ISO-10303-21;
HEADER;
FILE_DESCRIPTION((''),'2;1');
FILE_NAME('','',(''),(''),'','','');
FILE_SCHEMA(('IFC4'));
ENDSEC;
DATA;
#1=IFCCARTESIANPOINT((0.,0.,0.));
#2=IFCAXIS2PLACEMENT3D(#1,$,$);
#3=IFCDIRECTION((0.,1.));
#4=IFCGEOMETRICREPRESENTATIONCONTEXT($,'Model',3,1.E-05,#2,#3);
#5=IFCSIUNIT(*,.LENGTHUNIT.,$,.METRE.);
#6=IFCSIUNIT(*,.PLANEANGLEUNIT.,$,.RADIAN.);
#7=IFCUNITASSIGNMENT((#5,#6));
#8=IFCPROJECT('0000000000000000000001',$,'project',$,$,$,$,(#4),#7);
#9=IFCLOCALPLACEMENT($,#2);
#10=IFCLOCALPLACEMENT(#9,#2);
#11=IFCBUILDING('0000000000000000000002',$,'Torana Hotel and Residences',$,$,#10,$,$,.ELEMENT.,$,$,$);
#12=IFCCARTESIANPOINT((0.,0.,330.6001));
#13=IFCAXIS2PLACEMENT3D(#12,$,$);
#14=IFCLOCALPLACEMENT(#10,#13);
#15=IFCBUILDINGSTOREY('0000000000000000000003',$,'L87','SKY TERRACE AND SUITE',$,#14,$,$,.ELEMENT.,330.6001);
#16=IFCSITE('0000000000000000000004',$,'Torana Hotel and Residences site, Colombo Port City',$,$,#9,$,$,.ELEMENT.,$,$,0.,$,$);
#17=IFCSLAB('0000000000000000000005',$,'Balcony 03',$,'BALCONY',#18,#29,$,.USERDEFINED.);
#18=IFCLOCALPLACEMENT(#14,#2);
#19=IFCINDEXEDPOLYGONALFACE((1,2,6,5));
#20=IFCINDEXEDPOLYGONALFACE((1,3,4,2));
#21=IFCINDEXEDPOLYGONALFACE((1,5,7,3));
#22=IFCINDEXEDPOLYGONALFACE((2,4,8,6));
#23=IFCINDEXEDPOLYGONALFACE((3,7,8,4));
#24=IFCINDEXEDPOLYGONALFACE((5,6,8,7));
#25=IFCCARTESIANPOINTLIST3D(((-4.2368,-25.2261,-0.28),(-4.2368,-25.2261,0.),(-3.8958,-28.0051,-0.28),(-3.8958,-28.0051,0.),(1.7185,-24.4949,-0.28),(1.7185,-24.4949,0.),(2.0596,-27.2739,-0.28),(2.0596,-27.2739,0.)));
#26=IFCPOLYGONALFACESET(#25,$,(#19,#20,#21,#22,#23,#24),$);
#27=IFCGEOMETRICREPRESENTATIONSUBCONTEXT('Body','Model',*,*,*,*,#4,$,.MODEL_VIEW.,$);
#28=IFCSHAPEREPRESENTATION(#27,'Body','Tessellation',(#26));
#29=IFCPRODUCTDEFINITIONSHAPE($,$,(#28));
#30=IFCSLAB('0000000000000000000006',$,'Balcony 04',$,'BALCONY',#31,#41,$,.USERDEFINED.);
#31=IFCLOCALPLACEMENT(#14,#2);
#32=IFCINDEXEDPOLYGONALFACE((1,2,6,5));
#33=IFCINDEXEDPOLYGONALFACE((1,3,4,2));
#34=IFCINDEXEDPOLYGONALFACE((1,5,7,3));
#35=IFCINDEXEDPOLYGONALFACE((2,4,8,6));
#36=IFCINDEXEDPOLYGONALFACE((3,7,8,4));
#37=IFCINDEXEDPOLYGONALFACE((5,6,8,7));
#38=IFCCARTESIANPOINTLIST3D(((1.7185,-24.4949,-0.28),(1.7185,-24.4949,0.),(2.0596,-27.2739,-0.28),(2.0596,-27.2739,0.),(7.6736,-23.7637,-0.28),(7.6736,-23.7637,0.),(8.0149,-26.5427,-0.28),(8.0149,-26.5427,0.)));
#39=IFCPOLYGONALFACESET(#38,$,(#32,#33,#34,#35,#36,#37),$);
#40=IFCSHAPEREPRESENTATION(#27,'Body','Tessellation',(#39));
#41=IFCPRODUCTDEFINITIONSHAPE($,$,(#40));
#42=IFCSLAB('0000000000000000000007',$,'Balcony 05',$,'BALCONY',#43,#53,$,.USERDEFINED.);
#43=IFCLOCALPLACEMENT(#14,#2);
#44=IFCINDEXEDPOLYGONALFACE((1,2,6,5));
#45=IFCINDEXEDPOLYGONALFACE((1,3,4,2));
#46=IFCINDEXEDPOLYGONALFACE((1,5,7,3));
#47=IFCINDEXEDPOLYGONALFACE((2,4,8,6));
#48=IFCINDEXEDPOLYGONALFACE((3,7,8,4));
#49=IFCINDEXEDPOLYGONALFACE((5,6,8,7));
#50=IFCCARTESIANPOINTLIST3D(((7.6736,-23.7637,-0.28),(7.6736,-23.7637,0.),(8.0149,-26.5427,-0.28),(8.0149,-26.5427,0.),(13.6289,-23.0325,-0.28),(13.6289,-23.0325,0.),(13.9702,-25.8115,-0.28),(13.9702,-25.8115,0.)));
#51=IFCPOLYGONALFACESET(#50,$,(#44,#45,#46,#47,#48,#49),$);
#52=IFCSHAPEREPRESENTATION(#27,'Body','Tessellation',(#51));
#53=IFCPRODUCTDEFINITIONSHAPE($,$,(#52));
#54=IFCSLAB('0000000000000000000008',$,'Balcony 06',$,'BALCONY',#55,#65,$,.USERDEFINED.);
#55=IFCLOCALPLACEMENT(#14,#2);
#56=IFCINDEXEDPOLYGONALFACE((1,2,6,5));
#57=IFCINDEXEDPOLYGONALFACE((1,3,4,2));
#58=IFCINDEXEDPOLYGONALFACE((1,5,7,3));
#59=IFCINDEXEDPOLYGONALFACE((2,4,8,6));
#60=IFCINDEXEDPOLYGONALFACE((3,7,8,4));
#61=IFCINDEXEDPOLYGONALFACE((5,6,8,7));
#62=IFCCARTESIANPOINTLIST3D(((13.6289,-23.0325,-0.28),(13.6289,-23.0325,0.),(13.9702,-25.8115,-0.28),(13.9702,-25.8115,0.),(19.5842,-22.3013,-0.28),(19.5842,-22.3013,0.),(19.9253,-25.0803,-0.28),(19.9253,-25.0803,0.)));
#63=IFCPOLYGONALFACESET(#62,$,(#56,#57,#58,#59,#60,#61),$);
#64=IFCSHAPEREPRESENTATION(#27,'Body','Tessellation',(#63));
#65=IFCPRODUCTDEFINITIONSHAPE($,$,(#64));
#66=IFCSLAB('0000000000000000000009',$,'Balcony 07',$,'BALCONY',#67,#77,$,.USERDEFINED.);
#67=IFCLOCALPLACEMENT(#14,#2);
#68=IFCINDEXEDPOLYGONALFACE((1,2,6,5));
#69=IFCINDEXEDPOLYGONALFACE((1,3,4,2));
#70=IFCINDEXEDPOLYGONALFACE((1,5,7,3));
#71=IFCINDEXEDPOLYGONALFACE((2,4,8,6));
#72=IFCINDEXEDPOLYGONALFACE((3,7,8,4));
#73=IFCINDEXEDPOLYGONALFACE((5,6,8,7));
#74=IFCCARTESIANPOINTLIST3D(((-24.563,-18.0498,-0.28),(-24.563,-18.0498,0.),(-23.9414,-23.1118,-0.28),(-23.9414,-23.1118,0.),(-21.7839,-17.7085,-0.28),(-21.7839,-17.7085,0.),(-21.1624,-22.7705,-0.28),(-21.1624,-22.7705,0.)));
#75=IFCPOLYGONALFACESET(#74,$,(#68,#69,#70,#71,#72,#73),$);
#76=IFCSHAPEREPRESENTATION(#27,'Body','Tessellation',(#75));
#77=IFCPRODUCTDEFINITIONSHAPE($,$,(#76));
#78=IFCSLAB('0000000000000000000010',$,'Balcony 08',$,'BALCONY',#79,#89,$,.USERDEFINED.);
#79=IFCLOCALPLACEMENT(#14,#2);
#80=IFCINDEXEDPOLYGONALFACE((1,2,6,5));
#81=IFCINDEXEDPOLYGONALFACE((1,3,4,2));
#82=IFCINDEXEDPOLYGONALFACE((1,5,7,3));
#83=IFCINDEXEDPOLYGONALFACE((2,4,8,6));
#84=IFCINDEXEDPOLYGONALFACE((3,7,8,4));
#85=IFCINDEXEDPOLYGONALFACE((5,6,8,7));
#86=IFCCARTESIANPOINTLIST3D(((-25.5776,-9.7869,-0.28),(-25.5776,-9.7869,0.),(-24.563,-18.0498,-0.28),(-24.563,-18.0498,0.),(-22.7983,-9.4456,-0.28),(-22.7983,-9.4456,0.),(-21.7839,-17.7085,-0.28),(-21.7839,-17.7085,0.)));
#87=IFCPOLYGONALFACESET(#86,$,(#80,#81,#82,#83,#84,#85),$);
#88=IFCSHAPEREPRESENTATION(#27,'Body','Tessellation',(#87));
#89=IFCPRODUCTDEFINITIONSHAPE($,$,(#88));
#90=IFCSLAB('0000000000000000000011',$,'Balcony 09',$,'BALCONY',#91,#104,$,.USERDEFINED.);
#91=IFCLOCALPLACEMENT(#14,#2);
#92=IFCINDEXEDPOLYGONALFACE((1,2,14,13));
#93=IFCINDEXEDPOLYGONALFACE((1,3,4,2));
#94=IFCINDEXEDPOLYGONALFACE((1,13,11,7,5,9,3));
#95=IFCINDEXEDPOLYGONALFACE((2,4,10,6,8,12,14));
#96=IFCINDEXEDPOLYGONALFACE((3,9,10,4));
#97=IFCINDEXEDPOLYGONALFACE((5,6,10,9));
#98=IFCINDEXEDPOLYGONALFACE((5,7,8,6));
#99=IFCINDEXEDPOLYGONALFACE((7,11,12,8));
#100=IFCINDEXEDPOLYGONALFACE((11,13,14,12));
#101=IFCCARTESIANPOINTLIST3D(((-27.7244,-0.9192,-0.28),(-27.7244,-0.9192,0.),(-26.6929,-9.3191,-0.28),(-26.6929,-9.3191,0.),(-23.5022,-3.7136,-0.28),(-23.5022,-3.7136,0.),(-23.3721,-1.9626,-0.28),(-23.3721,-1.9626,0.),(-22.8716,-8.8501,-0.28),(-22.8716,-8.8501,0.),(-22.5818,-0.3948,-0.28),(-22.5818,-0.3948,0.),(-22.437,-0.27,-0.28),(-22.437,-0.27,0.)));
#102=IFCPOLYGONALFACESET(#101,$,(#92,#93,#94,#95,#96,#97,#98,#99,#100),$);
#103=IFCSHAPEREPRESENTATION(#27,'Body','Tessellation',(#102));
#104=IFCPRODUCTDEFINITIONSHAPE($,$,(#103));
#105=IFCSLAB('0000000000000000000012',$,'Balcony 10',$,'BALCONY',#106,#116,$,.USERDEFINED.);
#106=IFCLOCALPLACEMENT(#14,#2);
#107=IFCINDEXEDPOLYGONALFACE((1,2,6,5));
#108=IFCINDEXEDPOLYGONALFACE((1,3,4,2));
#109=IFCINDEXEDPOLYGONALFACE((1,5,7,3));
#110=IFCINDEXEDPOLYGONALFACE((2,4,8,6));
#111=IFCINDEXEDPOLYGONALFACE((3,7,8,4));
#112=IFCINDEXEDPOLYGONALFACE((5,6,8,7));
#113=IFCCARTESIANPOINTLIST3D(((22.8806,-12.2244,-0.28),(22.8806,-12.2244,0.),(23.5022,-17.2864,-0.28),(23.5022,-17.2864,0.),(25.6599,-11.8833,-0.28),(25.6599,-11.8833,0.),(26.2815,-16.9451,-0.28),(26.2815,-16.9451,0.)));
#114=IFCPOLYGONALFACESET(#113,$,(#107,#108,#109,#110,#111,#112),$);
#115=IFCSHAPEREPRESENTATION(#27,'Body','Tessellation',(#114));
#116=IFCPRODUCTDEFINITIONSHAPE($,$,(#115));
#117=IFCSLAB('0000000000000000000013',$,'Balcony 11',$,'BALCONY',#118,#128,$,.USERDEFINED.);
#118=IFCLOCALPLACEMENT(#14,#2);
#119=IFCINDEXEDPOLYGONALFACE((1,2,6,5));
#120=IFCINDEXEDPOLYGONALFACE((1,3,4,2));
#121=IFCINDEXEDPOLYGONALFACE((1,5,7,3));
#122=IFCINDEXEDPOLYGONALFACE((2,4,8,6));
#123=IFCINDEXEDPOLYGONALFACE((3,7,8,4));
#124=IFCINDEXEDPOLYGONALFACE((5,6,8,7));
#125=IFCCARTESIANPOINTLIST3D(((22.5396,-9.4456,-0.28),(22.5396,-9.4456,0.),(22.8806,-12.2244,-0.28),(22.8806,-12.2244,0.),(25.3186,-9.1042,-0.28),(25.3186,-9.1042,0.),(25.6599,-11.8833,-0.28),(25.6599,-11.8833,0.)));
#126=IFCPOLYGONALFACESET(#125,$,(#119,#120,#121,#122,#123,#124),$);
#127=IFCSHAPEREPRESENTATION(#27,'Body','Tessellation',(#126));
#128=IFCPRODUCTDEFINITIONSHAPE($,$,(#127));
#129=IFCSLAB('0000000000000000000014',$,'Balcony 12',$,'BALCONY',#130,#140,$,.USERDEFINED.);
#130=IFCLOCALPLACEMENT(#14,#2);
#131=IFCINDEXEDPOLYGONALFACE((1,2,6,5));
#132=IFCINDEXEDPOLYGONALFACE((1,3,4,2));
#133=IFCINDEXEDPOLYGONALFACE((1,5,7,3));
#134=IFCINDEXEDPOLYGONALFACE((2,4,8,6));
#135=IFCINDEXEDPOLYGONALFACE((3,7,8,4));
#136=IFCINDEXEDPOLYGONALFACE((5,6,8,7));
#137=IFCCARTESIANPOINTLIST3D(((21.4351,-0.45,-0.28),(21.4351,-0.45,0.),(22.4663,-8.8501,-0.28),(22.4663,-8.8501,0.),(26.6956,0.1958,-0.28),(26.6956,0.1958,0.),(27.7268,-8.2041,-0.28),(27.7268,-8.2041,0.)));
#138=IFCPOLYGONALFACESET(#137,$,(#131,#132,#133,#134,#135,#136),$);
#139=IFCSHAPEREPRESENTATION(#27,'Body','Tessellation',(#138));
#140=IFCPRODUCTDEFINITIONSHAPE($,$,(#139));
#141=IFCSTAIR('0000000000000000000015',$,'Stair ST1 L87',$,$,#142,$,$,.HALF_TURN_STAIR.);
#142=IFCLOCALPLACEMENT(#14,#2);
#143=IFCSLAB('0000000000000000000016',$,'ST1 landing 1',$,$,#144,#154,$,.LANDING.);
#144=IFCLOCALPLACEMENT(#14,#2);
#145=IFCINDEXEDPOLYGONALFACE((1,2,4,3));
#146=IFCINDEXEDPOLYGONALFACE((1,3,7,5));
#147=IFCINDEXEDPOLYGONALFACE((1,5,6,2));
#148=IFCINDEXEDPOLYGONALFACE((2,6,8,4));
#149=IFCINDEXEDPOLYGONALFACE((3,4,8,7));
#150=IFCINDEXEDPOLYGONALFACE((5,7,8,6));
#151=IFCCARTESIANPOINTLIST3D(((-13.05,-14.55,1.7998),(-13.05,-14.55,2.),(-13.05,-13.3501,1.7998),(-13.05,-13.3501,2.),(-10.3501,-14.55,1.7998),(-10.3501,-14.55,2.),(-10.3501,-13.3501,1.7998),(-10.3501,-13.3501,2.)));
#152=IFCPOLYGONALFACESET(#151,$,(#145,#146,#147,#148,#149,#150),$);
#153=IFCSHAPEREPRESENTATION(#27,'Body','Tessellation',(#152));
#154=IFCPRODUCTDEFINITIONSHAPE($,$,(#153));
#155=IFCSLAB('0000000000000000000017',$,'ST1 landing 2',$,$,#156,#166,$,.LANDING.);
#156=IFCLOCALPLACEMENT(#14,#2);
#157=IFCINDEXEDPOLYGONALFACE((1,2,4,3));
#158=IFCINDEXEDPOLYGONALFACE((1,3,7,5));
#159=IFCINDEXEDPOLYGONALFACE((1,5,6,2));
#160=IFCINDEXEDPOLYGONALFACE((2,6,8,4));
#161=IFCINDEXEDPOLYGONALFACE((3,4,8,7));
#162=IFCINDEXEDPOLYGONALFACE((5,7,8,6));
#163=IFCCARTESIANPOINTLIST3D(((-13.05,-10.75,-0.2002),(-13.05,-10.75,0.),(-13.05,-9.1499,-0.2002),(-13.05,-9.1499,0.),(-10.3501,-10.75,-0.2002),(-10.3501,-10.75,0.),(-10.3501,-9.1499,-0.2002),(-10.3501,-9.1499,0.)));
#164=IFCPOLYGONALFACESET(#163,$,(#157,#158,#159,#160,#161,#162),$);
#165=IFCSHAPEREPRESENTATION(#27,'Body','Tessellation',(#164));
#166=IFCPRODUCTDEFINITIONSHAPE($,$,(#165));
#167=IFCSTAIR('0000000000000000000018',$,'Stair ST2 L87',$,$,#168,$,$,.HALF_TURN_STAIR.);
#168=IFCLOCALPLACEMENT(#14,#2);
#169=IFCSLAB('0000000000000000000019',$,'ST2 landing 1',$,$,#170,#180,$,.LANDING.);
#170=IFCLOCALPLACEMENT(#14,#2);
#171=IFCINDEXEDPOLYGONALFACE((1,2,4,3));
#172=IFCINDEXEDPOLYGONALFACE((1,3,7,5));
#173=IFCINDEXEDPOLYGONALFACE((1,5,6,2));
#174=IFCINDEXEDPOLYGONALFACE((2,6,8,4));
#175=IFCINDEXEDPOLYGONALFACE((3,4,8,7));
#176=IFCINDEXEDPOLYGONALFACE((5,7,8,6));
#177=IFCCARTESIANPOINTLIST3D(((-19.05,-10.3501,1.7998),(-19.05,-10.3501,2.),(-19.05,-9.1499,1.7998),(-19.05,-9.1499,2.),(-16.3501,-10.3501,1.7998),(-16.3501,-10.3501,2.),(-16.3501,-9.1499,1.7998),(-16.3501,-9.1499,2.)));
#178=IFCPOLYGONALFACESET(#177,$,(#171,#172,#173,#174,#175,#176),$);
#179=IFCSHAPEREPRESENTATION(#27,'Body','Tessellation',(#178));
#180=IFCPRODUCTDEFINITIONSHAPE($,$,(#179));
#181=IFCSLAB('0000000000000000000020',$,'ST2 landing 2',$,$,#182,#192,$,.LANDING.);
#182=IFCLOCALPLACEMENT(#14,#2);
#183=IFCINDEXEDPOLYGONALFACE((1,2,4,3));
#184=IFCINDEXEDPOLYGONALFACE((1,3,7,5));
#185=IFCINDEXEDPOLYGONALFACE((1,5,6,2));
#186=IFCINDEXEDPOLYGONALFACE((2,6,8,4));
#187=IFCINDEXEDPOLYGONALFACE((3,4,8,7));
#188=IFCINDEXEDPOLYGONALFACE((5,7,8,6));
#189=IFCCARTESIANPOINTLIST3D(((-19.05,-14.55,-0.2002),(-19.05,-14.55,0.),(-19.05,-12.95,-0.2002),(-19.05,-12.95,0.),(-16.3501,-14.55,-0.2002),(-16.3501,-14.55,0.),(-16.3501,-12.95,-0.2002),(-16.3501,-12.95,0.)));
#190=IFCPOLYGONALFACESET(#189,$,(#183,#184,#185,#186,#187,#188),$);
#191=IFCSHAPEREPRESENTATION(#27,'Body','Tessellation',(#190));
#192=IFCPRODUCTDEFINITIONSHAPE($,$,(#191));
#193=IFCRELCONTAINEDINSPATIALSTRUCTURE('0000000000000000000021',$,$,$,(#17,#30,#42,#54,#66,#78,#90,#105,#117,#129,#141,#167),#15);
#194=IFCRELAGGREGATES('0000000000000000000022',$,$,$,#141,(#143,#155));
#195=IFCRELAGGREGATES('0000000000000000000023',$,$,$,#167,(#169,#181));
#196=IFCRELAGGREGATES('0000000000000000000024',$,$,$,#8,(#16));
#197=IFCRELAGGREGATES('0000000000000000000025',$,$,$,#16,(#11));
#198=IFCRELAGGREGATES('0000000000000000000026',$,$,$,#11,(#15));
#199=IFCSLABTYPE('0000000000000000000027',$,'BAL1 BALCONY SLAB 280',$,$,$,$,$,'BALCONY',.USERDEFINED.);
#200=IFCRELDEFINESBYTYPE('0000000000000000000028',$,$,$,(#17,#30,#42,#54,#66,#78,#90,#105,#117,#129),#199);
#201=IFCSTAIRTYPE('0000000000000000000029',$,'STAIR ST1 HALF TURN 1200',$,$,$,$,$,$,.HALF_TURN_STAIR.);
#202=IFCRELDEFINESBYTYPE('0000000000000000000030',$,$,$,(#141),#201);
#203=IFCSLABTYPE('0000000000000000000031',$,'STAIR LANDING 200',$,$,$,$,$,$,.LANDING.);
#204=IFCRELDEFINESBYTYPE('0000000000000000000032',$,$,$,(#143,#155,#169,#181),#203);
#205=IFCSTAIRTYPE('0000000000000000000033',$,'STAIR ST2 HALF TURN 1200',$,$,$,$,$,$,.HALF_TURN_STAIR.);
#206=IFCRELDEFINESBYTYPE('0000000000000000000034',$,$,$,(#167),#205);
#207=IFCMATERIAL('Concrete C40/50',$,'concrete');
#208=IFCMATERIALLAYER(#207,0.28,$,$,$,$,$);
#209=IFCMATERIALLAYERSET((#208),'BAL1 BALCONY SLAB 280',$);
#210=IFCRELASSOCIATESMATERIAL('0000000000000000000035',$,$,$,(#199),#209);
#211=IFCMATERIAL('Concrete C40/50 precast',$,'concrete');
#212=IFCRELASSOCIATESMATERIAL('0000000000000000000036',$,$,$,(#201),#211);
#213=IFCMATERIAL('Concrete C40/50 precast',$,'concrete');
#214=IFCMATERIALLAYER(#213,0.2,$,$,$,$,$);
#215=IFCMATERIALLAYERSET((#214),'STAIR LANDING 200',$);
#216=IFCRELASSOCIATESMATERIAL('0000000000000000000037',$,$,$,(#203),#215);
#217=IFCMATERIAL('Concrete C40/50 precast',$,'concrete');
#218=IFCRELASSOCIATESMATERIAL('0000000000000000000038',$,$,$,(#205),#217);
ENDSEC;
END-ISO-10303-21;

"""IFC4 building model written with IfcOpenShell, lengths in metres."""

from ifc_helpers import new_model, si_unit, direction, frame, origin, place, context, subcontext, project, spatial, polyline, outline, extrude, material, layer, layer_set, type_object, element, aggregate, save


model = new_model("IFC4")

# Units and contexts
model_context = context("Model", 3, precision=1e-05, world=origin(), true_north=direction((0.0, 1.0)))
body_context = subcontext(model_context, "Body", "Model", "MODEL_VIEW")
ifc_project = project(units=[si_unit("LENGTHUNIT", "METRE"), si_unit("PLANEANGLEUNIT", "RADIAN")], contexts=[model_context])

# Site, building, storey
site_placement = place(None, origin())
site = spatial("IfcSite", under=ifc_project, at=site_placement, Name="Torana Hotel and Residences site, Colombo Port City", CompositionType="ELEMENT", RefElevation=0.0)
building_placement = place(site_placement, origin())
building = spatial("IfcBuilding", under=site, at=building_placement, Name="Torana Hotel and Residences", CompositionType="ELEMENT")
storey_placement = place(building_placement, frame((0.0, 0.0, 330.6001)))
storey = spatial("IfcBuildingStorey", under=building, at=storey_placement, Name="L87", Description="SKY TERRACE AND SUITE", CompositionType="ELEMENT", Elevation=330.6001)

# Slabs
ifc_material_1 = material(Name="Concrete C40/50", Category="concrete")
ifc_layer_1 = layer(ifc_material_1, 0.28)
ifc_layer_set_1 = layer_set([ifc_layer_1], Name="BAL1 BALCONY SLAB 280")
slab_type_1 = type_object("IfcSlabType", Name="BAL1 BALCONY SLAB 280", ElementType="BALCONY", PredefinedType="USERDEFINED", material=ifc_layer_set_1)
slab_1_placement = place(storey_placement, frame((0.0, 0.0, -0.28)))
element("IfcSlab", 1, at=slab_1_placement, inside=storey, type_object=slab_type_1, Name="Balcony 03", ObjectType="BALCONY", PredefinedType="USERDEFINED", context=body_context, shape_type="SweptSolid", body=[
    extrude(outline(polyline([(-3.8958, -28.0051), (2.0596, -27.2739), (1.7185, -24.4949), (-4.2368, -25.2261), (-3.8958, -28.0051)])), origin(), (0.0, 0.0, 1.0), 0.28),
])
slab_2_placement = place(storey_placement, frame((0.0, 0.0, -0.28)))
element("IfcSlab", 2, at=slab_2_placement, inside=storey, type_object=slab_type_1, Name="Balcony 04", ObjectType="BALCONY", PredefinedType="USERDEFINED", context=body_context, shape_type="SweptSolid", body=[
    extrude(outline(polyline([(2.0596, -27.2739), (8.0149, -26.5427), (7.6736, -23.7637), (1.7185, -24.4949), (2.0596, -27.2739)])), origin(), (0.0, 0.0, 1.0), 0.28),
])
slab_3_placement = place(storey_placement, frame((0.0, 0.0, -0.28)))
element("IfcSlab", 3, at=slab_3_placement, inside=storey, type_object=slab_type_1, Name="Balcony 05", ObjectType="BALCONY", PredefinedType="USERDEFINED", context=body_context, shape_type="SweptSolid", body=[
    extrude(outline(polyline([(8.0149, -26.5427), (13.9702, -25.8115), (13.6289, -23.0325), (7.6736, -23.7637), (8.0149, -26.5427)])), origin(), (0.0, 0.0, 1.0), 0.28),
])
slab_4_placement = place(storey_placement, frame((0.0, 0.0, -0.28)))
element("IfcSlab", 4, at=slab_4_placement, inside=storey, type_object=slab_type_1, Name="Balcony 06", ObjectType="BALCONY", PredefinedType="USERDEFINED", context=body_context, shape_type="SweptSolid", body=[
    extrude(outline(polyline([(13.9702, -25.8115), (19.9253, -25.0803), (19.5842, -22.3013), (13.6289, -23.0325), (13.9702, -25.8115)])), origin(), (0.0, 0.0, 1.0), 0.28),
])
slab_5_placement = place(storey_placement, frame((0.0, 0.0, -0.28)))
element("IfcSlab", 5, at=slab_5_placement, inside=storey, type_object=slab_type_1, Name="Balcony 07", ObjectType="BALCONY", PredefinedType="USERDEFINED", context=body_context, shape_type="SweptSolid", body=[
    extrude(outline(polyline([(-23.9414, -23.1118), (-21.1624, -22.7705), (-21.7839, -17.7085), (-24.563, -18.0498), (-23.9414, -23.1118)])), origin(), (0.0, 0.0, 1.0), 0.28),
])
slab_6_placement = place(storey_placement, frame((0.0, 0.0, -0.28)))
element("IfcSlab", 6, at=slab_6_placement, inside=storey, type_object=slab_type_1, Name="Balcony 08", ObjectType="BALCONY", PredefinedType="USERDEFINED", context=body_context, shape_type="SweptSolid", body=[
    extrude(outline(polyline([(-24.563, -18.0498), (-21.7839, -17.7085), (-22.7983, -9.4456), (-25.5776, -9.7869), (-24.563, -18.0498)])), origin(), (0.0, 0.0, 1.0), 0.28),
])
slab_7_placement = place(storey_placement, frame((0.0, 0.0, -0.28)))
element("IfcSlab", 7, at=slab_7_placement, inside=storey, type_object=slab_type_1, Name="Balcony 09", ObjectType="BALCONY", PredefinedType="USERDEFINED", context=body_context, shape_type="SweptSolid", body=[
    extrude(outline(polyline([(-26.6929, -9.3191), (-22.8716, -8.8501), (-23.5022, -3.7136), (-23.3721, -1.9626), (-22.5818, -0.3948), (-22.437, -0.27), (-27.7244, -0.9192), (-26.6929, -9.3191)])), origin(), (0.0, 0.0, 1.0), 0.28),
])
slab_8_placement = place(storey_placement, frame((0.0, 0.0, -0.28)))
element("IfcSlab", 8, at=slab_8_placement, inside=storey, type_object=slab_type_1, Name="Balcony 10", ObjectType="BALCONY", PredefinedType="USERDEFINED", context=body_context, shape_type="SweptSolid", body=[
    extrude(outline(polyline([(23.5022, -17.2864), (26.2815, -16.9451), (25.6599, -11.8833), (22.8806, -12.2244), (23.5022, -17.2864)])), origin(), (0.0, 0.0, 1.0), 0.28),
])
slab_9_placement = place(storey_placement, frame((0.0, 0.0, -0.28)))
element("IfcSlab", 9, at=slab_9_placement, inside=storey, type_object=slab_type_1, Name="Balcony 11", ObjectType="BALCONY", PredefinedType="USERDEFINED", context=body_context, shape_type="SweptSolid", body=[
    extrude(outline(polyline([(22.8806, -12.2244), (25.6599, -11.8833), (25.3186, -9.1042), (22.5396, -9.4456), (22.8806, -12.2244)])), origin(), (0.0, 0.0, 1.0), 0.28),
])
slab_10_placement = place(storey_placement, frame((0.0, 0.0, -0.28)))
element("IfcSlab", 10, at=slab_10_placement, inside=storey, type_object=slab_type_1, Name="Balcony 12", ObjectType="BALCONY", PredefinedType="USERDEFINED", context=body_context, shape_type="SweptSolid", body=[
    extrude(outline(polyline([(22.4663, -8.8501), (27.7268, -8.2041), (26.6956, 0.1958), (21.4351, -0.45), (22.4663, -8.8501)])), origin(), (0.0, 0.0, 1.0), 0.28),
])

# Stairs, slabs
ifc_material_2 = material(Name="Concrete C40/50 precast", Category="concrete")
stair_type_1 = type_object("IfcStairType", Name="STAIR ST1 HALF TURN 1200", PredefinedType="HALF_TURN_STAIR", material=ifc_material_2)
stair_1_placement = place(storey_placement, origin())
stair_1 = element("IfcStair", 11, at=stair_1_placement, inside=storey, type_object=stair_type_1, Name="Stair ST1 L87", PredefinedType="HALF_TURN_STAIR")
ifc_material_3 = material(Name="Concrete C40/50 precast", Category="concrete")
ifc_layer_2 = layer(ifc_material_3, 0.2)
ifc_layer_set_2 = layer_set([ifc_layer_2], Name="STAIR LANDING 200")
slab_type_2 = type_object("IfcSlabType", Name="STAIR LANDING 200", PredefinedType="LANDING", material=ifc_layer_set_2)
slab_11_placement = place(storey_placement, frame((0.0, 0.0, 1.7998)))
slab_11 = element("IfcSlab", 12, at=slab_11_placement, type_object=slab_type_2, Name="ST1 landing 1", PredefinedType="LANDING", context=body_context, shape_type="SweptSolid", body=[
    extrude(outline(polyline([(-13.05, -14.55), (-10.3501, -14.55), (-10.3501, -13.3501), (-13.05, -13.3501), (-13.05, -14.55)])), origin(), (0.0, 0.0, 1.0), 0.2002),
])
slab_12_placement = place(storey_placement, frame((0.0, 0.0, -0.2002)))
slab_12 = element("IfcSlab", 13, at=slab_12_placement, type_object=slab_type_2, Name="ST1 landing 2", PredefinedType="LANDING", context=body_context, shape_type="SweptSolid", body=[
    extrude(outline(polyline([(-13.05, -10.75), (-10.3501, -10.75), (-10.3501, -9.1499), (-13.05, -9.1499), (-13.05, -10.75)])), origin(), (0.0, 0.0, 1.0), 0.2002),
])
aggregate(stair_1, [slab_11, slab_12])
ifc_material_4 = material(Name="Concrete C40/50 precast", Category="concrete")
stair_type_2 = type_object("IfcStairType", Name="STAIR ST2 HALF TURN 1200", PredefinedType="HALF_TURN_STAIR", material=ifc_material_4)
stair_2_placement = place(storey_placement, origin())
stair_2 = element("IfcStair", 14, at=stair_2_placement, inside=storey, type_object=stair_type_2, Name="Stair ST2 L87", PredefinedType="HALF_TURN_STAIR")
slab_13_placement = place(storey_placement, frame((0.0, 0.0, 1.7998)))
slab_13 = element("IfcSlab", 15, at=slab_13_placement, type_object=slab_type_2, Name="ST2 landing 1", PredefinedType="LANDING", context=body_context, shape_type="SweptSolid", body=[
    extrude(outline(polyline([(-19.05, -10.3501), (-16.3501, -10.3501), (-16.3501, -9.1499), (-19.05, -9.1499), (-19.05, -10.3501)])), origin(), (0.0, 0.0, 1.0), 0.2002),
])
slab_14_placement = place(storey_placement, frame((0.0, 0.0, -0.2002)))
slab_14 = element("IfcSlab", 16, at=slab_14_placement, type_object=slab_type_2, Name="ST2 landing 2", PredefinedType="LANDING", context=body_context, shape_type="SweptSolid", body=[
    extrude(outline(polyline([(-19.05, -14.55), (-16.3501, -14.55), (-16.3501, -12.95), (-19.05, -12.95), (-19.05, -14.55)])), origin(), (0.0, 0.0, 1.0), 0.2002),
])
aggregate(stair_2, [slab_13, slab_14])

save(model, "model.ifc")
